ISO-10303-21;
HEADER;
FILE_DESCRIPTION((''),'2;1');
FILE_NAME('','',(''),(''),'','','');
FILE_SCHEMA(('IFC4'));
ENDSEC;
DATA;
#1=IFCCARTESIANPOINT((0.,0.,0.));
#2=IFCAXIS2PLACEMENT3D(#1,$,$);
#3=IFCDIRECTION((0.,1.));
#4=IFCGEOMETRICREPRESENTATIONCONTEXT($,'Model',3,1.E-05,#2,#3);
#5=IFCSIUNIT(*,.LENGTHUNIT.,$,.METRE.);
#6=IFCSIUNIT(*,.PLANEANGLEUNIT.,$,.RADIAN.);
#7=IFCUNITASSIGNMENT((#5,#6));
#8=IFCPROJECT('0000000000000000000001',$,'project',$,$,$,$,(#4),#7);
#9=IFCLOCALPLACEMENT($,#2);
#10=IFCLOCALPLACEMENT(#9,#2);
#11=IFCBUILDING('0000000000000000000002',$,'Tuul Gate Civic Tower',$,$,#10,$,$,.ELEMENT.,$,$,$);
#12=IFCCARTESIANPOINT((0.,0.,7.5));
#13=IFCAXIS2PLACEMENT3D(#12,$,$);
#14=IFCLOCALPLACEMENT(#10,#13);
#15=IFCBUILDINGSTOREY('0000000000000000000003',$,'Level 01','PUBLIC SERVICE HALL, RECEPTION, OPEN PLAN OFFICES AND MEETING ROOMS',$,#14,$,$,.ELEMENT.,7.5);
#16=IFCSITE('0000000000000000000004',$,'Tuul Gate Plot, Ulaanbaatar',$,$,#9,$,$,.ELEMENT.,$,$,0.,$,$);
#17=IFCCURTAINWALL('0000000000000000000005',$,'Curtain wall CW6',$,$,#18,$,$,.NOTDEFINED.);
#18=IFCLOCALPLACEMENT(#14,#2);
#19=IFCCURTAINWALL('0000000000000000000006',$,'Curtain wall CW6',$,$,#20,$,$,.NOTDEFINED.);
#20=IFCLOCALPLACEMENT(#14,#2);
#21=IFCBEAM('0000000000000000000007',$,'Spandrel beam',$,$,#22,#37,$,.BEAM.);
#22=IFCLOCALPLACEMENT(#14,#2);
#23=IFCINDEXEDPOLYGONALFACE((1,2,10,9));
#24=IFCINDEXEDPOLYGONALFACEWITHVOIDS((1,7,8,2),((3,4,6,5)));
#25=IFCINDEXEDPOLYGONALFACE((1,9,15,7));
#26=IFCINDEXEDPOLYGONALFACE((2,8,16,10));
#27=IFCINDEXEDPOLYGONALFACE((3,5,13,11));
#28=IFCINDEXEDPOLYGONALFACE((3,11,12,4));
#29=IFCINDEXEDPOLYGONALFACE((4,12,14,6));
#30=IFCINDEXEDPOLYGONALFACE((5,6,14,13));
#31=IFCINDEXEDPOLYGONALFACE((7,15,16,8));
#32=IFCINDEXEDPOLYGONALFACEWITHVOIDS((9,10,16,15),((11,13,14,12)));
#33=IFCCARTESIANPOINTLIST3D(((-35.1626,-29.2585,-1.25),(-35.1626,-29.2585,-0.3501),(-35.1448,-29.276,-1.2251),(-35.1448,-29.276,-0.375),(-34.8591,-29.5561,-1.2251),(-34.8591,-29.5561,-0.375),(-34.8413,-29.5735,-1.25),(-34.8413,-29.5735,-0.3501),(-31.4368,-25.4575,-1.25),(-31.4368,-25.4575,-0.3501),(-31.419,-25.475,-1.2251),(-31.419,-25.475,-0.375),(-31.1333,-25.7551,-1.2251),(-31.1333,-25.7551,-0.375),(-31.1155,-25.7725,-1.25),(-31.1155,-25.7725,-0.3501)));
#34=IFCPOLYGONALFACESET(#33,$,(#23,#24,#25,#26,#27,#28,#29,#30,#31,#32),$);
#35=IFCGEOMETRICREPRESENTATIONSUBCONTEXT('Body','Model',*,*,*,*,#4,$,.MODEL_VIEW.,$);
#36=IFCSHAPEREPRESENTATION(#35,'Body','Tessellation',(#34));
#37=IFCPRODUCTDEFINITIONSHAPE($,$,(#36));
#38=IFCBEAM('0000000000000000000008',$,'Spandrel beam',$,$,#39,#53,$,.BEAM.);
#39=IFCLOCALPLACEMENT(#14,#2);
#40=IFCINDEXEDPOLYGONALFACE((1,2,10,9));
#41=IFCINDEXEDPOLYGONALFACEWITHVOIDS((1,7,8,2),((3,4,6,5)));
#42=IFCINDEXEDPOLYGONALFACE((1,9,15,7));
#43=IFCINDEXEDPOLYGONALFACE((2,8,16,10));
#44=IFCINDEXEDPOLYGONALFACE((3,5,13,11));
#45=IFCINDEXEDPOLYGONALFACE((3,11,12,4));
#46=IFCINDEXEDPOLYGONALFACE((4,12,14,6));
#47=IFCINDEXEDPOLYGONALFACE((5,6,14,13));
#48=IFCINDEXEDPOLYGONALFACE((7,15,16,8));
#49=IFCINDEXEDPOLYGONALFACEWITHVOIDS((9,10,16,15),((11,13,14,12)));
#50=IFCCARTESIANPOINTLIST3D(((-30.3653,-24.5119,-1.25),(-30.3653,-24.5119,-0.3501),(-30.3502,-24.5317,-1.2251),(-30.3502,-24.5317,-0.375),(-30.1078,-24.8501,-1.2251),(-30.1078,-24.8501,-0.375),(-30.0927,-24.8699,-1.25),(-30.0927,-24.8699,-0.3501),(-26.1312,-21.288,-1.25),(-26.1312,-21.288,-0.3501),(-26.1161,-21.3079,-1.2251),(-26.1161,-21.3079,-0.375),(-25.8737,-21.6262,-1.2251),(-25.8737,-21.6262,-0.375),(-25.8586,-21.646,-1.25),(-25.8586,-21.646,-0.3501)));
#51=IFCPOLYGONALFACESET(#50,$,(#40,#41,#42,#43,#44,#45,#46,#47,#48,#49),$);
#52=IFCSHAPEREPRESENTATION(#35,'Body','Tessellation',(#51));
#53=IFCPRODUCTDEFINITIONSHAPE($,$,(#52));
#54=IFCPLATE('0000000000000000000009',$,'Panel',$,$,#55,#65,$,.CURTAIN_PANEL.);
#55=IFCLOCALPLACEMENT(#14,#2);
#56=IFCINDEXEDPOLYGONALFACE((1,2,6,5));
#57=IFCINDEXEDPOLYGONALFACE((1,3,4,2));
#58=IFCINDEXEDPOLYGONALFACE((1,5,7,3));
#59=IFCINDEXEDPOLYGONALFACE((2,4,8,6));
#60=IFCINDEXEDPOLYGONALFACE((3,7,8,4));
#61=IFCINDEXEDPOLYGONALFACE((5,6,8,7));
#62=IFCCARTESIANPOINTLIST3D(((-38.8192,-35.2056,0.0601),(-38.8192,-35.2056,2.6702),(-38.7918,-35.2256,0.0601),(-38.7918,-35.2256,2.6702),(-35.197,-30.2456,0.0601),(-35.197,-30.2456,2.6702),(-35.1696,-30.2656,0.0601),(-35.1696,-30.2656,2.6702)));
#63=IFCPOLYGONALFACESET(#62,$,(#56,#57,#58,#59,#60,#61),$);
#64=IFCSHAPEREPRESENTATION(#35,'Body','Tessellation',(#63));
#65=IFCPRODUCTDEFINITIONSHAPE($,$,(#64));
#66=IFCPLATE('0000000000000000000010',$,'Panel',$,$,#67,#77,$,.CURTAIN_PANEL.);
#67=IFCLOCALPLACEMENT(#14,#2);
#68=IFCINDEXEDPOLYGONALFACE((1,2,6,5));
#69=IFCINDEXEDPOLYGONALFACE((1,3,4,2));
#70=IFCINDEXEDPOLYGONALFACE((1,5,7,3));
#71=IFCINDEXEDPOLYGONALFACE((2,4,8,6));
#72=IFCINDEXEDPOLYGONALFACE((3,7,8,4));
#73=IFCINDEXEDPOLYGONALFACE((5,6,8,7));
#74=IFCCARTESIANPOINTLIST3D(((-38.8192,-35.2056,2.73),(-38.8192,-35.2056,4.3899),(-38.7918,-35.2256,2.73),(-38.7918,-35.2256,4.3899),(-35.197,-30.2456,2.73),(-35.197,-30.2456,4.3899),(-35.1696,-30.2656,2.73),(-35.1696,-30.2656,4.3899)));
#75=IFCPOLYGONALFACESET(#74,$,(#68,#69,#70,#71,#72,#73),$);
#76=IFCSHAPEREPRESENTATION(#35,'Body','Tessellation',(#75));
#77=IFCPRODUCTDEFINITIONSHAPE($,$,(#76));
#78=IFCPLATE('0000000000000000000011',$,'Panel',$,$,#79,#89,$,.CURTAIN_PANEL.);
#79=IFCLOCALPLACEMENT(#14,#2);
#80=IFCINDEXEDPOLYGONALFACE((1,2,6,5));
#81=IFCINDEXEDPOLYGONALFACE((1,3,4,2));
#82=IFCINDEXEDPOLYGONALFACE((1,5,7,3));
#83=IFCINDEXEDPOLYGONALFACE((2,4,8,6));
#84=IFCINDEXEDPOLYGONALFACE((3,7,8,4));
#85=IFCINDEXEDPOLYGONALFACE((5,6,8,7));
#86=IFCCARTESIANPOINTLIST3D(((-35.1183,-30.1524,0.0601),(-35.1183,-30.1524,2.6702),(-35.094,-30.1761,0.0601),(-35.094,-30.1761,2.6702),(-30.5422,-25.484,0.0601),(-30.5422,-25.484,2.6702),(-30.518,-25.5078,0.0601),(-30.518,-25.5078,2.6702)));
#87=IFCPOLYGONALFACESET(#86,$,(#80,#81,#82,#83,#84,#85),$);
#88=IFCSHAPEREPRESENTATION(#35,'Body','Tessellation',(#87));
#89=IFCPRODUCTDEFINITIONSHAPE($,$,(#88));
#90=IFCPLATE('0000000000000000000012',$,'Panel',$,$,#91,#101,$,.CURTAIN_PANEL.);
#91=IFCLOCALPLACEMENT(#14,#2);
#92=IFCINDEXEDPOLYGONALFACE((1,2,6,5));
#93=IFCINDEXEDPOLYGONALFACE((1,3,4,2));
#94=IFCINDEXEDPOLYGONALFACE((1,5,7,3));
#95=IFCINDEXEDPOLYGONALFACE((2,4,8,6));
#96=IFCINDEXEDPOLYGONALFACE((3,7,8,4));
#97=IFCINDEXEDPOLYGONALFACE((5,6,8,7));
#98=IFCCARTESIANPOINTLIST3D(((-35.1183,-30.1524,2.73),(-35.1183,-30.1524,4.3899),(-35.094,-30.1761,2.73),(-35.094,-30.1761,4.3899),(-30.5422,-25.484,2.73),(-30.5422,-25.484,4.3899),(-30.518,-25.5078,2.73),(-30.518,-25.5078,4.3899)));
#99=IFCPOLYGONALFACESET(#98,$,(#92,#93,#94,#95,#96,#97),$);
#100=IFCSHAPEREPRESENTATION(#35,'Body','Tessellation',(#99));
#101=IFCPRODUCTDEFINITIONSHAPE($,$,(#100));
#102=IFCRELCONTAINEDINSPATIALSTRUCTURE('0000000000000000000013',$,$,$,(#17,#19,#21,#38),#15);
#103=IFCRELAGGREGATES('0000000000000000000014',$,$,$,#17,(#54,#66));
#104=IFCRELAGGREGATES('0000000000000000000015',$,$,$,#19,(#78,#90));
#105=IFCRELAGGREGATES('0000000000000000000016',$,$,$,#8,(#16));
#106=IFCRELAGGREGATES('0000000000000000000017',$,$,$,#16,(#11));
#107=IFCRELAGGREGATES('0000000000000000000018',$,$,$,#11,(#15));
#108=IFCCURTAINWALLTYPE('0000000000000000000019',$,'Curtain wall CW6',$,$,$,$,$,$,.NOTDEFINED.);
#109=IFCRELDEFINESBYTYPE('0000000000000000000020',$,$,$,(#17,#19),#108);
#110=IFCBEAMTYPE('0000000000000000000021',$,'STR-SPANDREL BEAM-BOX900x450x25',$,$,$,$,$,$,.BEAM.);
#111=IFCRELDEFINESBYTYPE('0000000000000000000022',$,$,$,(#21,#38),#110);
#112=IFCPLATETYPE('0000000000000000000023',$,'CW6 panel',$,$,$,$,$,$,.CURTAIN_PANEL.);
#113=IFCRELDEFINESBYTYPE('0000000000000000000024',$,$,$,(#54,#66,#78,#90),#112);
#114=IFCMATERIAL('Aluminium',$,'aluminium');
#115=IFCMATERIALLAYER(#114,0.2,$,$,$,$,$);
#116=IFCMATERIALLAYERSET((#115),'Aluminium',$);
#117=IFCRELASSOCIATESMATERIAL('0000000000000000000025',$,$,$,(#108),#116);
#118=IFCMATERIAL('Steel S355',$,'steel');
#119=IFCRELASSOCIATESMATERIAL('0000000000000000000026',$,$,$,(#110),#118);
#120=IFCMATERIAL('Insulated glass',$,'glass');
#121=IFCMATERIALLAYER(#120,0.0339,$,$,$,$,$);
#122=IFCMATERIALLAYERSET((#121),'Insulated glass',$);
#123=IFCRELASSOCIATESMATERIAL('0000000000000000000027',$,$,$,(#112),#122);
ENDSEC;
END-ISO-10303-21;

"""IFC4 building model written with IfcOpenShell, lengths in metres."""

from ifc_helpers import new_model, si_unit, direction, frame, origin, origin_2d, place, context, subcontext, project, spatial, rectangle, hollow_rectangle, extrude, material, layer, layer_set, material_profile, profile_set, type_object, element, aggregate, save


model = new_model("IFC4")

# Units and contexts
model_context = context("Model", 3, precision=1e-05, world=origin(), true_north=direction((0.0, 1.0)))
body_context = subcontext(model_context, "Body", "Model", "MODEL_VIEW")
ifc_project = project(units=[si_unit("LENGTHUNIT", "METRE"), si_unit("PLANEANGLEUNIT", "RADIAN")], contexts=[model_context])

# Site, building, storey
site_placement = place(None, origin())
site = spatial("IfcSite", under=ifc_project, at=site_placement, Name="Tuul Gate Plot, Ulaanbaatar", CompositionType="ELEMENT", RefElevation=0.0)
building_placement = place(site_placement, origin())
building = spatial("IfcBuilding", under=site, at=building_placement, Name="Tuul Gate Civic Tower", CompositionType="ELEMENT")
storey_placement = place(building_placement, frame((0.0, 0.0, 7.5)))
storey = spatial("IfcBuildingStorey", under=building, at=storey_placement, Name="Level 01", Description="PUBLIC SERVICE HALL, RECEPTION, OPEN PLAN OFFICES AND MEETING ROOMS", CompositionType="ELEMENT", Elevation=7.5)

# Curtain wall
ifc_material_1 = material(Name="Aluminium", Category="aluminium")
ifc_layer_1 = layer(ifc_material_1, 0.2)
ifc_layer_set_1 = layer_set([ifc_layer_1], Name="Aluminium")
curtain_wall_type = type_object("IfcCurtainWallType", Name="Curtain wall CW6", PredefinedType="NOTDEFINED", material=ifc_layer_set_1)
curtain_wall_1_placement = place(storey_placement, origin())
curtain_wall_1 = element("IfcCurtainWall", 1, at=curtain_wall_1_placement, inside=storey, type_object=curtain_wall_type, Name="Curtain wall CW6", PredefinedType="NOTDEFINED")

# Curtain wall
curtain_wall_2_placement = place(storey_placement, origin())
curtain_wall_2 = element("IfcCurtainWall", 2, at=curtain_wall_2_placement, inside=storey, type_object=curtain_wall_type, Name="Curtain wall CW6", PredefinedType="NOTDEFINED")

# Beams
ifc_material_2 = material(Name="Steel S355", Category="steel")
ifc_material_profile_1 = material_profile(ifc_material_2, hollow_rectangle(XDim=0.45, YDim=0.8999, WallThickness=0.0249, at=origin_2d()), Name="BOX900x450x25")
ifc_profile_set_1 = profile_set([ifc_material_profile_1], Name="Steel S355")
beam_type_1 = type_object("IfcBeamType", Name="STR-SPANDREL BEAM-BOX900x450x25", PredefinedType="BEAM", material=ifc_profile_set_1)
beam_1_placement = place(storey_placement, frame((-35.002, -29.416, -0.8), z_axis=(0.700008, 0.714135, 0.0), x_axis=(-0.714135, 0.700008, 0.0)))
element("IfcBeam", 3, at=beam_1_placement, inside=storey, type_object=beam_type_1, Name="Spandrel beam", PredefinedType="BEAM", context=body_context, shape_type="SweptSolid", body=[
    extrude(hollow_rectangle(XDim=0.45, YDim=0.8999, WallThickness=0.0249, at=origin_2d()), origin(), (0.0, 0.0, 1.0), 5.3225),
])
beam_2_placement = place(storey_placement, frame((-30.229, -24.6909, -0.8), z_axis=(0.795624, 0.60579, 0.0), x_axis=(-0.60579, 0.795624, 0.0)))
element("IfcBeam", 4, at=beam_2_placement, inside=storey, type_object=beam_type_1, Name="Spandrel beam", PredefinedType="BEAM", context=body_context, shape_type="SweptSolid", body=[
    extrude(hollow_rectangle(XDim=0.45, YDim=0.8999, WallThickness=0.0249, at=origin_2d()), origin(), (0.0, 0.0, 1.0), 5.3218),
])

# Plates
ifc_material_3 = material(Name="Insulated glass", Category="glass")
ifc_layer_2 = layer(ifc_material_3, 0.0339)
ifc_layer_set_2 = layer_set([ifc_layer_2], Name="Insulated glass")
plate_type = type_object("IfcPlateType", Name="CW6 panel", PredefinedType="CURTAIN_PANEL", material=ifc_layer_set_2)
plate_1_placement = place(storey_placement, frame((-36.9944, -32.7356, 0.0601), z_axis=(0.0, 0.0, 1.0), x_axis=(0.589756, 0.807581, 0.0)))
plate_1 = element("IfcPlate", 5, at=plate_1_placement, type_object=plate_type, Name="Panel", PredefinedType="CURTAIN_PANEL", context=body_context, shape_type="SweptSolid", body=[
    extrude(rectangle(XDim=6.1418, YDim=0.0339, at=origin_2d()), origin(), (0.0, 0.0, 1.0), 2.6101),
])
plate_2_placement = place(storey_placement, frame((-36.9944, -32.7356, 2.73), z_axis=(0.0, 0.0, 1.0), x_axis=(0.589756, 0.807581, 0.0)))
plate_2 = element("IfcPlate", 6, at=plate_2_placement, type_object=plate_type, Name="Panel", PredefinedType="CURTAIN_PANEL", context=body_context, shape_type="SweptSolid", body=[
    extrude(rectangle(XDim=6.1418, YDim=0.0339, at=origin_2d()), origin(), (0.0, 0.0, 1.0), 1.6599),
])
aggregate(curtain_wall_1, [plate_1, plate_2])
plate_3_placement = place(storey_placement, frame((-32.8181, -27.8301, 0.0601), z_axis=(0.0, 0.0, 1.0), x_axis=(0.700011, 0.714132, 0.0)))
plate_3 = element("IfcPlate", 7, at=plate_3_placement, type_object=plate_type, Name="Panel", PredefinedType="CURTAIN_PANEL", context=body_context, shape_type="SweptSolid", body=[
    extrude(rectangle(XDim=6.5371, YDim=0.0339, at=origin_2d()), origin(), (0.0, 0.0, 1.0), 2.6101),
])
plate_4_placement = place(storey_placement, frame((-32.8181, -27.8301, 2.73), z_axis=(0.0, 0.0, 1.0), x_axis=(0.700011, 0.714132, 0.0)))
plate_4 = element("IfcPlate", 8, at=plate_4_placement, type_object=plate_type, Name="Panel", PredefinedType="CURTAIN_PANEL", context=body_context, shape_type="SweptSolid", body=[
    extrude(rectangle(XDim=6.5371, YDim=0.0339, at=origin_2d()), origin(), (0.0, 0.0, 1.0), 1.6599),
])
aggregate(curtain_wall_2, [plate_3, plate_4])

save(model, "model.ifc")
